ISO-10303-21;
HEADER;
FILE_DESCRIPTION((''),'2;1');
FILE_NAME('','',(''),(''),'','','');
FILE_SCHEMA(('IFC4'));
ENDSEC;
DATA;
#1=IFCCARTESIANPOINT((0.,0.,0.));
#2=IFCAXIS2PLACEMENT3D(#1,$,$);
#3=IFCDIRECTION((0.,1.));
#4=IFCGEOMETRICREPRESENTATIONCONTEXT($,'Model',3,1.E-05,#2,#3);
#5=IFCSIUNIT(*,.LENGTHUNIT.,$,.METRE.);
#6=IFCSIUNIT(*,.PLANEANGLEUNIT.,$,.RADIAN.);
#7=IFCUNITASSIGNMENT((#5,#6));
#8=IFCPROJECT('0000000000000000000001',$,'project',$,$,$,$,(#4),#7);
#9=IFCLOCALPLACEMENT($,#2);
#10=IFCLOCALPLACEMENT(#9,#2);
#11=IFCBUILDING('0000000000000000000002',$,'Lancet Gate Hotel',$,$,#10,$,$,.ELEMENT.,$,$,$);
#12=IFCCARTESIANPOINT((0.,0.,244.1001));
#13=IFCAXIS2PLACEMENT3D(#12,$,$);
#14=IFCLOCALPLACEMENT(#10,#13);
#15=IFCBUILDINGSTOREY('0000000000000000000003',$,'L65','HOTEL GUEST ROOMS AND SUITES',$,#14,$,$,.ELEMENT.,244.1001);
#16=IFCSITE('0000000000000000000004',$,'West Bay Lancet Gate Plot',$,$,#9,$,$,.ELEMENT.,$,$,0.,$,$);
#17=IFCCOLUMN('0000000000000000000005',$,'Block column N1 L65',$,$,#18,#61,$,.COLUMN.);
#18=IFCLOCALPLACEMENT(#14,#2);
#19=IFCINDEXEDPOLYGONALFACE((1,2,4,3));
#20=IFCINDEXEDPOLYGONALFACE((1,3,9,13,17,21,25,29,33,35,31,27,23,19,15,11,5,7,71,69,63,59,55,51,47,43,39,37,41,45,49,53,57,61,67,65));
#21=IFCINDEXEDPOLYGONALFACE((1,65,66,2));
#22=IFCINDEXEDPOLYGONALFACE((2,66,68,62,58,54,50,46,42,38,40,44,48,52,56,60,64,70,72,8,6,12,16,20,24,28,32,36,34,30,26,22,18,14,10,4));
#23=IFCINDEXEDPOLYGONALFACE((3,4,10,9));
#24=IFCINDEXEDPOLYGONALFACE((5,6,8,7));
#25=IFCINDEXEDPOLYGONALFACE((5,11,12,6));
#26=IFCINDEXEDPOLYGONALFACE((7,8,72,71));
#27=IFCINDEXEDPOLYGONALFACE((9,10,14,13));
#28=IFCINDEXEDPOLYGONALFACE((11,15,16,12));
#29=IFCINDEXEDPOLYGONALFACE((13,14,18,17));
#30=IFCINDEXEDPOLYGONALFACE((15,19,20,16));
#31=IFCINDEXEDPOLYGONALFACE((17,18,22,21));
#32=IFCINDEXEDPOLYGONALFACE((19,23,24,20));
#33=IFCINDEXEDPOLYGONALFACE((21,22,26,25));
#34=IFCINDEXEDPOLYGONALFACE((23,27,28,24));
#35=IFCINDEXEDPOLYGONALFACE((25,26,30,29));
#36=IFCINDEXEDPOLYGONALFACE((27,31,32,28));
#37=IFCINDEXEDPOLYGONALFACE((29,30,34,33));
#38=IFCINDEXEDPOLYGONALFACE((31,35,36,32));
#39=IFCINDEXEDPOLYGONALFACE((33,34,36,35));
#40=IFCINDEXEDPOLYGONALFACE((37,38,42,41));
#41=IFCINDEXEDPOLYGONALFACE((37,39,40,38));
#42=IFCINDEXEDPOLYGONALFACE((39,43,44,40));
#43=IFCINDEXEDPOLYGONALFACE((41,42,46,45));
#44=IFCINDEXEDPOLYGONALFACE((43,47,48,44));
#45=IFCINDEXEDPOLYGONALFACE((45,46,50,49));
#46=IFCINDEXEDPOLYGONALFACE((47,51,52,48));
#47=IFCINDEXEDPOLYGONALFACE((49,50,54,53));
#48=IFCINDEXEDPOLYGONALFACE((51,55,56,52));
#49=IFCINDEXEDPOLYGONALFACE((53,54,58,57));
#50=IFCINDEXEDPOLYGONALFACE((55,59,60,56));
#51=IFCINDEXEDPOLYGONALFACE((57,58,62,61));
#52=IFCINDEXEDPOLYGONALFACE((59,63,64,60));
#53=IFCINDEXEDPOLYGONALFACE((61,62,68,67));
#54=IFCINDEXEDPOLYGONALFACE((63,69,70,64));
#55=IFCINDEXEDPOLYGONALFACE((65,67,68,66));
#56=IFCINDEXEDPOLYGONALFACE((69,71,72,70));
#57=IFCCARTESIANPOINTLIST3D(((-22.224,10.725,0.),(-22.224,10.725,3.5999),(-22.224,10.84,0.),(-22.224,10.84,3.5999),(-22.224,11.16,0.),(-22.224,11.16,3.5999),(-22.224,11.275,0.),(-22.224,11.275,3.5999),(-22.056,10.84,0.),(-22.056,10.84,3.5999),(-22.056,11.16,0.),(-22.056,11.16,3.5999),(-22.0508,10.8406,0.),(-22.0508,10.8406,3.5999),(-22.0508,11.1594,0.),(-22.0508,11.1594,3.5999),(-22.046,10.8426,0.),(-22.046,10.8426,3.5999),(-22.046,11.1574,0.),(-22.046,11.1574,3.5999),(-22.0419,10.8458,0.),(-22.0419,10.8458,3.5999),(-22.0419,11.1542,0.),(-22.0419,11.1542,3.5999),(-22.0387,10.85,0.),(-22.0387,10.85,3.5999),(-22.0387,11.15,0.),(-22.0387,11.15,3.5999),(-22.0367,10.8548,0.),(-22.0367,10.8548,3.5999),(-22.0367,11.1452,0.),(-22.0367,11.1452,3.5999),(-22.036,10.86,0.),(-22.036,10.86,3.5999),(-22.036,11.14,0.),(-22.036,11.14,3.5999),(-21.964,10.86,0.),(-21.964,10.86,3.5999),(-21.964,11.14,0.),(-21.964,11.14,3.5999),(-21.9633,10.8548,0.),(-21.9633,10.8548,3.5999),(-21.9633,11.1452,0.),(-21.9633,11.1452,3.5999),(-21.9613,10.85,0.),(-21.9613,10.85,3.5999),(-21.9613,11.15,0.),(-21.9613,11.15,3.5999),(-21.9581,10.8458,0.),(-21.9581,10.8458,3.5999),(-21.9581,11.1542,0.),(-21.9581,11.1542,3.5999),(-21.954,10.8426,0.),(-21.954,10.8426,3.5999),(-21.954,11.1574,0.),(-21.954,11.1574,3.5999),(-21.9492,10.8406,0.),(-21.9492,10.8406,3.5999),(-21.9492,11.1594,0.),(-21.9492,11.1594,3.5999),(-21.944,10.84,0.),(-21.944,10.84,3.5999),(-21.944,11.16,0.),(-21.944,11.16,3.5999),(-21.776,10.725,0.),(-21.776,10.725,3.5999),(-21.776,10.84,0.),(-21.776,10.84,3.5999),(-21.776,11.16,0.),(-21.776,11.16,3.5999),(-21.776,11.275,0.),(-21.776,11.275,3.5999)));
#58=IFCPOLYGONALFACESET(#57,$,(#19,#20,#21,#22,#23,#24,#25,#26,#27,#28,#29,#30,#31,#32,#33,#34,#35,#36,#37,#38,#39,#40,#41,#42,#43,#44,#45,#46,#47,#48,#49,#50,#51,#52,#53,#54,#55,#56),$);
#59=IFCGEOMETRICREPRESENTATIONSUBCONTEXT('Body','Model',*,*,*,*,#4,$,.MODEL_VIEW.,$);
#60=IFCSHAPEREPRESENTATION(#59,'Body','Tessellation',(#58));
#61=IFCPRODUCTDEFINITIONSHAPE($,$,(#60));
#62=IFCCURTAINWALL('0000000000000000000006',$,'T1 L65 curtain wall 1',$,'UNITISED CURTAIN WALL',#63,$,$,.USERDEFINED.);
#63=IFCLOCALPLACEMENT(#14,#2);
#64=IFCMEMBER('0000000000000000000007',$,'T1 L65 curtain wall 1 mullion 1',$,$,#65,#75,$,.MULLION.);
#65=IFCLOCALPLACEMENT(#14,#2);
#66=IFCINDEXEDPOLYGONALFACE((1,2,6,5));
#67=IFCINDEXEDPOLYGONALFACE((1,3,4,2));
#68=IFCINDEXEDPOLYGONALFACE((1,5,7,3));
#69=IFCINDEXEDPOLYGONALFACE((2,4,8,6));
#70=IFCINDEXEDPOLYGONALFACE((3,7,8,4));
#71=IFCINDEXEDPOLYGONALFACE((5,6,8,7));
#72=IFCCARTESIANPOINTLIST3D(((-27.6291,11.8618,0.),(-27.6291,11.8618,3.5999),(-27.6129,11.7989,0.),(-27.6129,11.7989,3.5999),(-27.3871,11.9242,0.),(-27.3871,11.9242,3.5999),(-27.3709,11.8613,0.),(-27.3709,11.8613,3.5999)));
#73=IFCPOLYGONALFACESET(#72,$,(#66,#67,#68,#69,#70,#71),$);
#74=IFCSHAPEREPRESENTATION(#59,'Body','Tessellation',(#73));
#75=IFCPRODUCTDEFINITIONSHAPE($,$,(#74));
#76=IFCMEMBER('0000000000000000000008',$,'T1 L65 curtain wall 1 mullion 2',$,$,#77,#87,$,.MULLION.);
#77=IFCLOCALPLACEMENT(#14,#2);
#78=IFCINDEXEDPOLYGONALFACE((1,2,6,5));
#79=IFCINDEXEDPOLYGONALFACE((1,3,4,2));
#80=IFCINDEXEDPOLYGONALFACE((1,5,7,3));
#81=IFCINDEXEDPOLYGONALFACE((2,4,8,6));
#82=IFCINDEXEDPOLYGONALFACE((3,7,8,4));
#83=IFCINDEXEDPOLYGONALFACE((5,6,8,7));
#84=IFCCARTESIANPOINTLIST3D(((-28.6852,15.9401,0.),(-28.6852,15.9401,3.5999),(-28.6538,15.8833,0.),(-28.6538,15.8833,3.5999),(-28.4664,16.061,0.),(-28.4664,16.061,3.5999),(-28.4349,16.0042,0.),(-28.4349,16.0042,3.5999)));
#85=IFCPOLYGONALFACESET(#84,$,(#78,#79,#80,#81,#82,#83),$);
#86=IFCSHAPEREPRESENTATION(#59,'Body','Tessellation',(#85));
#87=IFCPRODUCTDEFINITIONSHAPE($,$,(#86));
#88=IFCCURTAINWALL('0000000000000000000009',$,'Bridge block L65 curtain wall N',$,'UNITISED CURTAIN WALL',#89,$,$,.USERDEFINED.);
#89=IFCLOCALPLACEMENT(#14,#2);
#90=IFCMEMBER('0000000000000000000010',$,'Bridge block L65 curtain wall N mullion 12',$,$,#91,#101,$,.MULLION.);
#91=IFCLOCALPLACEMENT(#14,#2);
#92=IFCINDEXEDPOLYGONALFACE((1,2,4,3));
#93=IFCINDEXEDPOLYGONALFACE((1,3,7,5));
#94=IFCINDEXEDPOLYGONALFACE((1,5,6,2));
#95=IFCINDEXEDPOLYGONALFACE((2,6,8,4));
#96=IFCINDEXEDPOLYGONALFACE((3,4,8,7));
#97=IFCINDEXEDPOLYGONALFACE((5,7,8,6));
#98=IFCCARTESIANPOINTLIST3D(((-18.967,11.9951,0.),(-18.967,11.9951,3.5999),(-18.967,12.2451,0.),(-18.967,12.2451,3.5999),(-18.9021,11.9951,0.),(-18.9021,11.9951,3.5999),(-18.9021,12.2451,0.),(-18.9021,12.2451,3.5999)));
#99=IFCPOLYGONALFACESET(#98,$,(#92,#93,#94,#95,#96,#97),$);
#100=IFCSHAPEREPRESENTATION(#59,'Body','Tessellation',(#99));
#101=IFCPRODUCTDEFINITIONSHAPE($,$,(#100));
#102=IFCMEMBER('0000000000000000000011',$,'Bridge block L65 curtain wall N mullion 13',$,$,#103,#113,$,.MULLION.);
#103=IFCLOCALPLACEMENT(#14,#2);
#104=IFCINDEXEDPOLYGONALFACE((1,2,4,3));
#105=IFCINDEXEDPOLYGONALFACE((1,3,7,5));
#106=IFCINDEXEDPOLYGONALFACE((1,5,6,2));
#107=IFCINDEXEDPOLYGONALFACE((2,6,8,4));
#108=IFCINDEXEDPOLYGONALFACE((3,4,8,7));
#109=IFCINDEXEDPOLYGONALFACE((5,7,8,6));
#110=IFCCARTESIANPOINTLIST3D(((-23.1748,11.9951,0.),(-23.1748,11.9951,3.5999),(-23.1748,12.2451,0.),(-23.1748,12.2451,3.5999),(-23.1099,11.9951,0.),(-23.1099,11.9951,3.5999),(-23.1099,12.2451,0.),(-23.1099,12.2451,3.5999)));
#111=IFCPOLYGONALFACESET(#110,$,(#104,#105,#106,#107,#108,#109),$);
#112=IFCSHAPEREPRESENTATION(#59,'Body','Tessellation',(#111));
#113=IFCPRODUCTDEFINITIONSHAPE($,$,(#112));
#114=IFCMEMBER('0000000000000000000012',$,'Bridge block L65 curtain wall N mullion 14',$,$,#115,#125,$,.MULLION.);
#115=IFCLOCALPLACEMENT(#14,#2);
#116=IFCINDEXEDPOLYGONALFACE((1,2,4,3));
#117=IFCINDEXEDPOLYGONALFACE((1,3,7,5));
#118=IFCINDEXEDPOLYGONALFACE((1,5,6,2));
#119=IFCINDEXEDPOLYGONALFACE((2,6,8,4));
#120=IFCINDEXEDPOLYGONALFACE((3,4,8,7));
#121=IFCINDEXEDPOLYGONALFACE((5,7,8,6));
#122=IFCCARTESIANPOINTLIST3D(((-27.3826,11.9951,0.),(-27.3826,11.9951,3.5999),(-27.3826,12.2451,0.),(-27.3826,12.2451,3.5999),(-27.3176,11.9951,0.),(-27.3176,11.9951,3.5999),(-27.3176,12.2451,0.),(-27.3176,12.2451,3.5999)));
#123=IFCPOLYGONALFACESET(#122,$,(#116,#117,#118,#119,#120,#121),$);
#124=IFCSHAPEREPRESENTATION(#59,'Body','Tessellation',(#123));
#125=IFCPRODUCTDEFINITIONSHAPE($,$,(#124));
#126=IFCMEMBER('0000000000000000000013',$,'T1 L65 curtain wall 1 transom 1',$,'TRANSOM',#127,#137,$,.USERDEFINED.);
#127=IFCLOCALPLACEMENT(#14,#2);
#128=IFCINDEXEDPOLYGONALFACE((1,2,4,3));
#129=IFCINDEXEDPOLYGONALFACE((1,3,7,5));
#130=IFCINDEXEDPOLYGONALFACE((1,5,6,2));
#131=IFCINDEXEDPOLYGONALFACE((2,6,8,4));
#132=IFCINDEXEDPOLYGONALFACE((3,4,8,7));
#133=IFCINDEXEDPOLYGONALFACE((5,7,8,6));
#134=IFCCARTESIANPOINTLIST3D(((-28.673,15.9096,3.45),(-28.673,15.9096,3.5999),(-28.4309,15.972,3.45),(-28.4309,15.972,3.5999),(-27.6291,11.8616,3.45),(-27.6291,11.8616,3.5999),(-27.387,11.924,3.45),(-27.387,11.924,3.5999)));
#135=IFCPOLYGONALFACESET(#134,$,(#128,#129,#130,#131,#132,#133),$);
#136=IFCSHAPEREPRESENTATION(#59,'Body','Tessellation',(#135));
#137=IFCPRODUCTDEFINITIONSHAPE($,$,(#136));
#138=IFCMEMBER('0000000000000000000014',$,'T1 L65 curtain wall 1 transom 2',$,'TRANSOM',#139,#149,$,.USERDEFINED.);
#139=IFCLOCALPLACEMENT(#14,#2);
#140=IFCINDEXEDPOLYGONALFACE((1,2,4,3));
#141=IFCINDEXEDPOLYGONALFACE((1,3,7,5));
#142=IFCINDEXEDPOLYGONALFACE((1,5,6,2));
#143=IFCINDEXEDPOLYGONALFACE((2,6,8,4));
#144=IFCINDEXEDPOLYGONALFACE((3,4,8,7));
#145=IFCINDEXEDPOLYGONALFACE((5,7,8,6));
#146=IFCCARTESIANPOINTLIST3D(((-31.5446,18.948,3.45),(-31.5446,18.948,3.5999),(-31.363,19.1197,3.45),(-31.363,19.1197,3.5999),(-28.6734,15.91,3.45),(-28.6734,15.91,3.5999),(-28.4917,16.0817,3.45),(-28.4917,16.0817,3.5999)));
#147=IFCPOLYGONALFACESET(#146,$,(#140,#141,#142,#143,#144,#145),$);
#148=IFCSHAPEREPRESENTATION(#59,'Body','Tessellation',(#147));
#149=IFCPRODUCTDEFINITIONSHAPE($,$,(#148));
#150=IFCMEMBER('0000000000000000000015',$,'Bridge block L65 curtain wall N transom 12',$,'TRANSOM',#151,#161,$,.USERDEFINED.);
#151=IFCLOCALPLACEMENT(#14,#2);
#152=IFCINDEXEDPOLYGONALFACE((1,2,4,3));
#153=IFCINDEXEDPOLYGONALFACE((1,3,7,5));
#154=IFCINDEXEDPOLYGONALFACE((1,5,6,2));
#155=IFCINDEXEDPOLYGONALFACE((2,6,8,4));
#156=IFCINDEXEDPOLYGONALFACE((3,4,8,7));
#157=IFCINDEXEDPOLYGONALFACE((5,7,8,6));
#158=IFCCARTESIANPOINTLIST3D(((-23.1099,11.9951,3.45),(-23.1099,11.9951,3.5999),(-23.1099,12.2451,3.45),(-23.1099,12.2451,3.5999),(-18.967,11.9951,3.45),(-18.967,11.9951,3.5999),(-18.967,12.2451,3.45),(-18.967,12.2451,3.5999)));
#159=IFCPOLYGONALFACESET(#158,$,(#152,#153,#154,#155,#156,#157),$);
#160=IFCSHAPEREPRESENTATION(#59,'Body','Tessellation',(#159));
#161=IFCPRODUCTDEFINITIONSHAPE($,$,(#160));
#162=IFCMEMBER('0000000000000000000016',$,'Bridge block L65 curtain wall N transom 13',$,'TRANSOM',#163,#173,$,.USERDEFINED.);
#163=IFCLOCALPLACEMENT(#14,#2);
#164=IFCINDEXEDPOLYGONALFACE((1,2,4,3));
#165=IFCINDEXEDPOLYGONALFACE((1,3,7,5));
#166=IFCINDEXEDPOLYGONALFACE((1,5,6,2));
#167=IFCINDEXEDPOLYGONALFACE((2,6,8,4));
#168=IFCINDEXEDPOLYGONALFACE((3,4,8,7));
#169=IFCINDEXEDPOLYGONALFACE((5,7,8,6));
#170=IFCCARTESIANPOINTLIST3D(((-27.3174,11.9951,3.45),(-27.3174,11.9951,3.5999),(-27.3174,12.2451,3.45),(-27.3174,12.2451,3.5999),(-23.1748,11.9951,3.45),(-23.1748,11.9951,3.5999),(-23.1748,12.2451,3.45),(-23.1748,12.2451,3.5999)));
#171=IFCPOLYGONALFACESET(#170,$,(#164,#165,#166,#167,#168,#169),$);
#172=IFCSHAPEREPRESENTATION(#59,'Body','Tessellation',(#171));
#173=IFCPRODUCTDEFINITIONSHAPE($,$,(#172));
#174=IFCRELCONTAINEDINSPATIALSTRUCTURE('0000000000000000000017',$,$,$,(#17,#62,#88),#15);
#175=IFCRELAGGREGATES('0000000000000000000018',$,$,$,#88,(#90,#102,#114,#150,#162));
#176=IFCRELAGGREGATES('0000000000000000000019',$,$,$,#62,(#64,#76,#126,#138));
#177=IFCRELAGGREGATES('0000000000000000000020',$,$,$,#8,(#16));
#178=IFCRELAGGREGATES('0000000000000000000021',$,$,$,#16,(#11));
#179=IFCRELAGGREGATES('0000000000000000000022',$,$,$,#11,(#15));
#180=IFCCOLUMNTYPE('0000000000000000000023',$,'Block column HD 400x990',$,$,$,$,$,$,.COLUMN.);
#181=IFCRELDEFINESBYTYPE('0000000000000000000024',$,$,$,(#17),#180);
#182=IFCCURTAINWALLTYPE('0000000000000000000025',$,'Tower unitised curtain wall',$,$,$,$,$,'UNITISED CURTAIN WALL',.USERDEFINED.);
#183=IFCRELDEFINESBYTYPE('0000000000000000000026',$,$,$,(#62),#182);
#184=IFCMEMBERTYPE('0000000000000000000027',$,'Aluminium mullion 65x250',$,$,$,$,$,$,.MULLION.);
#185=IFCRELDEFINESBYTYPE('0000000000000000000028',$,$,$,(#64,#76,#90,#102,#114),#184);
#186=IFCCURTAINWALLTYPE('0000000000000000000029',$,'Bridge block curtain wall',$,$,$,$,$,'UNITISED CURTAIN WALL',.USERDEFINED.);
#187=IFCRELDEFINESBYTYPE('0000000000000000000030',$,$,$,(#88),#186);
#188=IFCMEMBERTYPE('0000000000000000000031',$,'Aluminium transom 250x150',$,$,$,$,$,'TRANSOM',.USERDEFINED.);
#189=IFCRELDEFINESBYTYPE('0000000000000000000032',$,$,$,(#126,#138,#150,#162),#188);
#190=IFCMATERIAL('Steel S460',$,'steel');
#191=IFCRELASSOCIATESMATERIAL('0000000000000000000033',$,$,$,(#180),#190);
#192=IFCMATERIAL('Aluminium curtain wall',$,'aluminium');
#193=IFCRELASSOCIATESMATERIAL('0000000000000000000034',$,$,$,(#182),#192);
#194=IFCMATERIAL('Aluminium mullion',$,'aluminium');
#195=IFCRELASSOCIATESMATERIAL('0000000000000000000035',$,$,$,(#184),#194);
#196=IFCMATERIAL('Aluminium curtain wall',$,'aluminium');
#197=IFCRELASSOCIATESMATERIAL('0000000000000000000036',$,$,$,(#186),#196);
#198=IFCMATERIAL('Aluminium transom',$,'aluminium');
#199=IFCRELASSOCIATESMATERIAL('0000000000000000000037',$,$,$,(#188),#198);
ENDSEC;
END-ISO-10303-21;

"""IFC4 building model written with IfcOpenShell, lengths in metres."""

from ifc_helpers import new_model, si_unit, direction, frame, origin, origin_2d, place, context, subcontext, project, spatial, rectangle, i_section, extrude, material, material_profile, profile_set, type_object, element, aggregate, save


model = new_model("IFC4")

# Units and contexts
model_context = context("Model", 3, precision=1e-05, world=origin(), true_north=direction((0.0, 1.0)))
body_context = subcontext(model_context, "Body", "Model", "MODEL_VIEW")
ifc_project = project(units=[si_unit("LENGTHUNIT", "METRE"), si_unit("PLANEANGLEUNIT", "RADIAN")], contexts=[model_context])

# Site, building, storey
site_placement = place(None, origin())
site = spatial("IfcSite", under=ifc_project, at=site_placement, Name="West Bay Lancet Gate Plot", CompositionType="ELEMENT", RefElevation=0.0)
building_placement = place(site_placement, origin())
building = spatial("IfcBuilding", under=site, at=building_placement, Name="Lancet Gate Hotel", CompositionType="ELEMENT")
storey_placement = place(building_placement, frame((0.0, 0.0, 244.1001)))
storey = spatial("IfcBuildingStorey", under=building, at=storey_placement, Name="L65", Description="HOTEL GUEST ROOMS AND SUITES", CompositionType="ELEMENT", Elevation=244.1001)

# Column
ifc_material_1 = material(Name="Steel S460", Category="steel")
ifc_material_profile_1 = material_profile(ifc_material_1, i_section(OverallWidth=0.448, OverallDepth=0.55, WebThickness=0.072, FlangeThickness=0.115, FilletRadius=0.02, at=origin_2d()), Name="HD 400x990")
ifc_profile_set_1 = profile_set([ifc_material_profile_1], Name="Steel S460")
column_type = type_object("IfcColumnType", Name="Block column HD 400x990", PredefinedType="COLUMN", material=ifc_profile_set_1)
column_placement = place(storey_placement, frame((-22.0, 11.0, 0.0), z_axis=(0.0, 0.0, 1.0), x_axis=(1.0, 0.0, 0.0)))
element("IfcColumn", 1, at=column_placement, inside=storey, type_object=column_type, Name="Block column N1 L65", PredefinedType="COLUMN", context=body_context, shape_type="SweptSolid", body=[
    extrude(i_section(OverallWidth=0.448, OverallDepth=0.55, WebThickness=0.072, FlangeThickness=0.115, FilletRadius=0.02, at=origin_2d()), origin(), (0.0, 0.0, 1.0), 3.5999),
])

# Curtain walls, members
ifc_material_2 = material(Name="Aluminium curtain wall", Category="aluminium")
curtain_wall_type_1 = type_object("IfcCurtainWallType", Name="Tower unitised curtain wall", ElementType="UNITISED CURTAIN WALL", PredefinedType="USERDEFINED", material=ifc_material_2)
curtain_wall_1_placement = place(storey_placement, origin())
curtain_wall_1 = element("IfcCurtainWall", 2, at=curtain_wall_1_placement, inside=storey, type_object=curtain_wall_type_1, Name="T1 L65 curtain wall 1", ObjectType="UNITISED CURTAIN WALL", PredefinedType="USERDEFINED")
ifc_material_3 = material(Name="Aluminium mullion", Category="aluminium")
ifc_material_profile_2 = material_profile(ifc_material_3, rectangle(XDim=0.0649, YDim=0.25, at=origin_2d()), Name="MULLION 65x250")
ifc_profile_set_2 = profile_set([ifc_material_profile_2], Name="Aluminium mullion")
member_type_1 = type_object("IfcMemberType", Name="Aluminium mullion 65x250", PredefinedType="MULLION", material=ifc_profile_set_2)
member_1_placement = place(storey_placement, frame((-27.5, 11.8616, 0.0), z_axis=(0.0, 0.0, 1.0), x_axis=(-0.249726, 0.968317, 0.0)))
member_1 = element("IfcMember", 3, at=member_1_placement, type_object=member_type_1, Name="T1 L65 curtain wall 1 mullion 1", PredefinedType="MULLION", context=body_context, shape_type="SweptSolid", body=[
    extrude(rectangle(XDim=0.0649, YDim=0.25, at=origin_2d()), origin(), (0.0, 0.0, 1.0), 3.5999),
])
member_2_placement = place(storey_placement, frame((-28.5601, 15.9722, 0.0), z_axis=(0.0, 0.0, 1.0), x_axis=(-0.483627, 0.875274, 0.0)))
member_2 = element("IfcMember", 4, at=member_2_placement, type_object=member_type_1, Name="T1 L65 curtain wall 1 mullion 2", PredefinedType="MULLION", context=body_context, shape_type="SweptSolid", body=[
    extrude(rectangle(XDim=0.0649, YDim=0.25, at=origin_2d()), origin(), (0.0, 0.0, 1.0), 3.5999),
])
ifc_material_4 = material(Name="Aluminium curtain wall", Category="aluminium")
curtain_wall_type_2 = type_object("IfcCurtainWallType", Name="Bridge block curtain wall", ElementType="UNITISED CURTAIN WALL", PredefinedType="USERDEFINED", material=ifc_material_4)
curtain_wall_2_placement = place(storey_placement, origin())
curtain_wall_2 = element("IfcCurtainWall", 5, at=curtain_wall_2_placement, inside=storey, type_object=curtain_wall_type_2, Name="Bridge block L65 curtain wall N", ObjectType="UNITISED CURTAIN WALL", PredefinedType="USERDEFINED")
member_3_placement = place(storey_placement, frame((-18.9346, 12.1201, 0.0), z_axis=(0.0, 0.0, 1.0), x_axis=(-1.0, 0.0, 0.0)))
member_3 = element("IfcMember", 6, at=member_3_placement, type_object=member_type_1, Name="Bridge block L65 curtain wall N mullion 12", PredefinedType="MULLION", context=body_context, shape_type="SweptSolid", body=[
    extrude(rectangle(XDim=0.0649, YDim=0.25, at=origin_2d()), origin(), (0.0, 0.0, 1.0), 3.5999),
])
member_4_placement = place(storey_placement, frame((-23.1423, 12.1201, 0.0), z_axis=(0.0, 0.0, 1.0), x_axis=(-1.0, 0.0, 0.0)))
member_4 = element("IfcMember", 7, at=member_4_placement, type_object=member_type_1, Name="Bridge block L65 curtain wall N mullion 13", PredefinedType="MULLION", context=body_context, shape_type="SweptSolid", body=[
    extrude(rectangle(XDim=0.0649, YDim=0.25, at=origin_2d()), origin(), (0.0, 0.0, 1.0), 3.5999),
])
member_5_placement = place(storey_placement, frame((-27.3501, 12.1201, 0.0), z_axis=(0.0, 0.0, 1.0), x_axis=(-1.0, 0.0, 0.0)))
member_5 = element("IfcMember", 8, at=member_5_placement, type_object=member_type_1, Name="Bridge block L65 curtain wall N mullion 14", PredefinedType="MULLION", context=body_context, shape_type="SweptSolid", body=[
    extrude(rectangle(XDim=0.0649, YDim=0.25, at=origin_2d()), origin(), (0.0, 0.0, 1.0), 3.5999),
])

# Members
ifc_material_5 = material(Name="Aluminium transom", Category="aluminium")
ifc_material_profile_3 = material_profile(ifc_material_5, rectangle(XDim=0.25, YDim=0.1499, at=origin_2d()), Name="TRANSOM 250x150")
ifc_profile_set_3 = profile_set([ifc_material_profile_3], Name="Aluminium transom")
member_type_2 = type_object("IfcMemberType", Name="Aluminium transom 250x150", ElementType="TRANSOM", PredefinedType="USERDEFINED", material=ifc_profile_set_3)
member_6_placement = place(storey_placement, frame((-27.5081, 11.8928, 3.5249), z_axis=(-0.249716, 0.968319, 0.0), x_axis=(-0.968319, -0.249716, 0.0)))
member_6 = element("IfcMember", 9, at=member_6_placement, type_object=member_type_2, Name="T1 L65 curtain wall 1 transom 1", ObjectType="TRANSOM", PredefinedType="USERDEFINED", context=body_context, shape_type="SweptSolid", body=[
    extrude(rectangle(XDim=0.25, YDim=0.1499, at=origin_2d()), origin(), (0.0, 0.0, 1.0), 4.1804),
])
member_7_placement = place(storey_placement, frame((-28.5825, 15.9958, 3.5249), z_axis=(-0.686881, 0.72677, 0.0), x_axis=(-0.72677, -0.686881, 0.0)))
member_7 = element("IfcMember", 10, at=member_7_placement, type_object=member_type_2, Name="T1 L65 curtain wall 1 transom 2", ObjectType="TRANSOM", PredefinedType="USERDEFINED", context=body_context, shape_type="SweptSolid", body=[
    extrude(rectangle(XDim=0.25, YDim=0.1499, at=origin_2d()), origin(), (0.0, 0.0, 1.0), 4.1802),
])
member_8_placement = place(storey_placement, frame((-18.967, 12.1201, 3.5249), z_axis=(-1.0, 0.0, 0.0), x_axis=(0.0, -1.0, 0.0)))
member_8 = element("IfcMember", 11, at=member_8_placement, type_object=member_type_2, Name="Bridge block L65 curtain wall N transom 12", ObjectType="TRANSOM", PredefinedType="USERDEFINED", context=body_context, shape_type="SweptSolid", body=[
    extrude(rectangle(XDim=0.25, YDim=0.1499, at=origin_2d()), origin(), (0.0, 0.0, 1.0), 4.1428),
])
member_9_placement = place(storey_placement, frame((-23.1748, 12.1201, 3.5249), z_axis=(-1.0, 0.0, 0.0), x_axis=(0.0, -1.0, 0.0)))
member_9 = element("IfcMember", 12, at=member_9_placement, type_object=member_type_2, Name="Bridge block L65 curtain wall N transom 13", ObjectType="TRANSOM", PredefinedType="USERDEFINED", context=body_context, shape_type="SweptSolid", body=[
    extrude(rectangle(XDim=0.25, YDim=0.1499, at=origin_2d()), origin(), (0.0, 0.0, 1.0), 4.1426),
])

aggregate(curtain_wall_2, [member_3, member_4, member_5, member_8, member_9])
aggregate(curtain_wall_1, [member_1, member_2, member_6, member_7])

save(model, "model.ifc")
